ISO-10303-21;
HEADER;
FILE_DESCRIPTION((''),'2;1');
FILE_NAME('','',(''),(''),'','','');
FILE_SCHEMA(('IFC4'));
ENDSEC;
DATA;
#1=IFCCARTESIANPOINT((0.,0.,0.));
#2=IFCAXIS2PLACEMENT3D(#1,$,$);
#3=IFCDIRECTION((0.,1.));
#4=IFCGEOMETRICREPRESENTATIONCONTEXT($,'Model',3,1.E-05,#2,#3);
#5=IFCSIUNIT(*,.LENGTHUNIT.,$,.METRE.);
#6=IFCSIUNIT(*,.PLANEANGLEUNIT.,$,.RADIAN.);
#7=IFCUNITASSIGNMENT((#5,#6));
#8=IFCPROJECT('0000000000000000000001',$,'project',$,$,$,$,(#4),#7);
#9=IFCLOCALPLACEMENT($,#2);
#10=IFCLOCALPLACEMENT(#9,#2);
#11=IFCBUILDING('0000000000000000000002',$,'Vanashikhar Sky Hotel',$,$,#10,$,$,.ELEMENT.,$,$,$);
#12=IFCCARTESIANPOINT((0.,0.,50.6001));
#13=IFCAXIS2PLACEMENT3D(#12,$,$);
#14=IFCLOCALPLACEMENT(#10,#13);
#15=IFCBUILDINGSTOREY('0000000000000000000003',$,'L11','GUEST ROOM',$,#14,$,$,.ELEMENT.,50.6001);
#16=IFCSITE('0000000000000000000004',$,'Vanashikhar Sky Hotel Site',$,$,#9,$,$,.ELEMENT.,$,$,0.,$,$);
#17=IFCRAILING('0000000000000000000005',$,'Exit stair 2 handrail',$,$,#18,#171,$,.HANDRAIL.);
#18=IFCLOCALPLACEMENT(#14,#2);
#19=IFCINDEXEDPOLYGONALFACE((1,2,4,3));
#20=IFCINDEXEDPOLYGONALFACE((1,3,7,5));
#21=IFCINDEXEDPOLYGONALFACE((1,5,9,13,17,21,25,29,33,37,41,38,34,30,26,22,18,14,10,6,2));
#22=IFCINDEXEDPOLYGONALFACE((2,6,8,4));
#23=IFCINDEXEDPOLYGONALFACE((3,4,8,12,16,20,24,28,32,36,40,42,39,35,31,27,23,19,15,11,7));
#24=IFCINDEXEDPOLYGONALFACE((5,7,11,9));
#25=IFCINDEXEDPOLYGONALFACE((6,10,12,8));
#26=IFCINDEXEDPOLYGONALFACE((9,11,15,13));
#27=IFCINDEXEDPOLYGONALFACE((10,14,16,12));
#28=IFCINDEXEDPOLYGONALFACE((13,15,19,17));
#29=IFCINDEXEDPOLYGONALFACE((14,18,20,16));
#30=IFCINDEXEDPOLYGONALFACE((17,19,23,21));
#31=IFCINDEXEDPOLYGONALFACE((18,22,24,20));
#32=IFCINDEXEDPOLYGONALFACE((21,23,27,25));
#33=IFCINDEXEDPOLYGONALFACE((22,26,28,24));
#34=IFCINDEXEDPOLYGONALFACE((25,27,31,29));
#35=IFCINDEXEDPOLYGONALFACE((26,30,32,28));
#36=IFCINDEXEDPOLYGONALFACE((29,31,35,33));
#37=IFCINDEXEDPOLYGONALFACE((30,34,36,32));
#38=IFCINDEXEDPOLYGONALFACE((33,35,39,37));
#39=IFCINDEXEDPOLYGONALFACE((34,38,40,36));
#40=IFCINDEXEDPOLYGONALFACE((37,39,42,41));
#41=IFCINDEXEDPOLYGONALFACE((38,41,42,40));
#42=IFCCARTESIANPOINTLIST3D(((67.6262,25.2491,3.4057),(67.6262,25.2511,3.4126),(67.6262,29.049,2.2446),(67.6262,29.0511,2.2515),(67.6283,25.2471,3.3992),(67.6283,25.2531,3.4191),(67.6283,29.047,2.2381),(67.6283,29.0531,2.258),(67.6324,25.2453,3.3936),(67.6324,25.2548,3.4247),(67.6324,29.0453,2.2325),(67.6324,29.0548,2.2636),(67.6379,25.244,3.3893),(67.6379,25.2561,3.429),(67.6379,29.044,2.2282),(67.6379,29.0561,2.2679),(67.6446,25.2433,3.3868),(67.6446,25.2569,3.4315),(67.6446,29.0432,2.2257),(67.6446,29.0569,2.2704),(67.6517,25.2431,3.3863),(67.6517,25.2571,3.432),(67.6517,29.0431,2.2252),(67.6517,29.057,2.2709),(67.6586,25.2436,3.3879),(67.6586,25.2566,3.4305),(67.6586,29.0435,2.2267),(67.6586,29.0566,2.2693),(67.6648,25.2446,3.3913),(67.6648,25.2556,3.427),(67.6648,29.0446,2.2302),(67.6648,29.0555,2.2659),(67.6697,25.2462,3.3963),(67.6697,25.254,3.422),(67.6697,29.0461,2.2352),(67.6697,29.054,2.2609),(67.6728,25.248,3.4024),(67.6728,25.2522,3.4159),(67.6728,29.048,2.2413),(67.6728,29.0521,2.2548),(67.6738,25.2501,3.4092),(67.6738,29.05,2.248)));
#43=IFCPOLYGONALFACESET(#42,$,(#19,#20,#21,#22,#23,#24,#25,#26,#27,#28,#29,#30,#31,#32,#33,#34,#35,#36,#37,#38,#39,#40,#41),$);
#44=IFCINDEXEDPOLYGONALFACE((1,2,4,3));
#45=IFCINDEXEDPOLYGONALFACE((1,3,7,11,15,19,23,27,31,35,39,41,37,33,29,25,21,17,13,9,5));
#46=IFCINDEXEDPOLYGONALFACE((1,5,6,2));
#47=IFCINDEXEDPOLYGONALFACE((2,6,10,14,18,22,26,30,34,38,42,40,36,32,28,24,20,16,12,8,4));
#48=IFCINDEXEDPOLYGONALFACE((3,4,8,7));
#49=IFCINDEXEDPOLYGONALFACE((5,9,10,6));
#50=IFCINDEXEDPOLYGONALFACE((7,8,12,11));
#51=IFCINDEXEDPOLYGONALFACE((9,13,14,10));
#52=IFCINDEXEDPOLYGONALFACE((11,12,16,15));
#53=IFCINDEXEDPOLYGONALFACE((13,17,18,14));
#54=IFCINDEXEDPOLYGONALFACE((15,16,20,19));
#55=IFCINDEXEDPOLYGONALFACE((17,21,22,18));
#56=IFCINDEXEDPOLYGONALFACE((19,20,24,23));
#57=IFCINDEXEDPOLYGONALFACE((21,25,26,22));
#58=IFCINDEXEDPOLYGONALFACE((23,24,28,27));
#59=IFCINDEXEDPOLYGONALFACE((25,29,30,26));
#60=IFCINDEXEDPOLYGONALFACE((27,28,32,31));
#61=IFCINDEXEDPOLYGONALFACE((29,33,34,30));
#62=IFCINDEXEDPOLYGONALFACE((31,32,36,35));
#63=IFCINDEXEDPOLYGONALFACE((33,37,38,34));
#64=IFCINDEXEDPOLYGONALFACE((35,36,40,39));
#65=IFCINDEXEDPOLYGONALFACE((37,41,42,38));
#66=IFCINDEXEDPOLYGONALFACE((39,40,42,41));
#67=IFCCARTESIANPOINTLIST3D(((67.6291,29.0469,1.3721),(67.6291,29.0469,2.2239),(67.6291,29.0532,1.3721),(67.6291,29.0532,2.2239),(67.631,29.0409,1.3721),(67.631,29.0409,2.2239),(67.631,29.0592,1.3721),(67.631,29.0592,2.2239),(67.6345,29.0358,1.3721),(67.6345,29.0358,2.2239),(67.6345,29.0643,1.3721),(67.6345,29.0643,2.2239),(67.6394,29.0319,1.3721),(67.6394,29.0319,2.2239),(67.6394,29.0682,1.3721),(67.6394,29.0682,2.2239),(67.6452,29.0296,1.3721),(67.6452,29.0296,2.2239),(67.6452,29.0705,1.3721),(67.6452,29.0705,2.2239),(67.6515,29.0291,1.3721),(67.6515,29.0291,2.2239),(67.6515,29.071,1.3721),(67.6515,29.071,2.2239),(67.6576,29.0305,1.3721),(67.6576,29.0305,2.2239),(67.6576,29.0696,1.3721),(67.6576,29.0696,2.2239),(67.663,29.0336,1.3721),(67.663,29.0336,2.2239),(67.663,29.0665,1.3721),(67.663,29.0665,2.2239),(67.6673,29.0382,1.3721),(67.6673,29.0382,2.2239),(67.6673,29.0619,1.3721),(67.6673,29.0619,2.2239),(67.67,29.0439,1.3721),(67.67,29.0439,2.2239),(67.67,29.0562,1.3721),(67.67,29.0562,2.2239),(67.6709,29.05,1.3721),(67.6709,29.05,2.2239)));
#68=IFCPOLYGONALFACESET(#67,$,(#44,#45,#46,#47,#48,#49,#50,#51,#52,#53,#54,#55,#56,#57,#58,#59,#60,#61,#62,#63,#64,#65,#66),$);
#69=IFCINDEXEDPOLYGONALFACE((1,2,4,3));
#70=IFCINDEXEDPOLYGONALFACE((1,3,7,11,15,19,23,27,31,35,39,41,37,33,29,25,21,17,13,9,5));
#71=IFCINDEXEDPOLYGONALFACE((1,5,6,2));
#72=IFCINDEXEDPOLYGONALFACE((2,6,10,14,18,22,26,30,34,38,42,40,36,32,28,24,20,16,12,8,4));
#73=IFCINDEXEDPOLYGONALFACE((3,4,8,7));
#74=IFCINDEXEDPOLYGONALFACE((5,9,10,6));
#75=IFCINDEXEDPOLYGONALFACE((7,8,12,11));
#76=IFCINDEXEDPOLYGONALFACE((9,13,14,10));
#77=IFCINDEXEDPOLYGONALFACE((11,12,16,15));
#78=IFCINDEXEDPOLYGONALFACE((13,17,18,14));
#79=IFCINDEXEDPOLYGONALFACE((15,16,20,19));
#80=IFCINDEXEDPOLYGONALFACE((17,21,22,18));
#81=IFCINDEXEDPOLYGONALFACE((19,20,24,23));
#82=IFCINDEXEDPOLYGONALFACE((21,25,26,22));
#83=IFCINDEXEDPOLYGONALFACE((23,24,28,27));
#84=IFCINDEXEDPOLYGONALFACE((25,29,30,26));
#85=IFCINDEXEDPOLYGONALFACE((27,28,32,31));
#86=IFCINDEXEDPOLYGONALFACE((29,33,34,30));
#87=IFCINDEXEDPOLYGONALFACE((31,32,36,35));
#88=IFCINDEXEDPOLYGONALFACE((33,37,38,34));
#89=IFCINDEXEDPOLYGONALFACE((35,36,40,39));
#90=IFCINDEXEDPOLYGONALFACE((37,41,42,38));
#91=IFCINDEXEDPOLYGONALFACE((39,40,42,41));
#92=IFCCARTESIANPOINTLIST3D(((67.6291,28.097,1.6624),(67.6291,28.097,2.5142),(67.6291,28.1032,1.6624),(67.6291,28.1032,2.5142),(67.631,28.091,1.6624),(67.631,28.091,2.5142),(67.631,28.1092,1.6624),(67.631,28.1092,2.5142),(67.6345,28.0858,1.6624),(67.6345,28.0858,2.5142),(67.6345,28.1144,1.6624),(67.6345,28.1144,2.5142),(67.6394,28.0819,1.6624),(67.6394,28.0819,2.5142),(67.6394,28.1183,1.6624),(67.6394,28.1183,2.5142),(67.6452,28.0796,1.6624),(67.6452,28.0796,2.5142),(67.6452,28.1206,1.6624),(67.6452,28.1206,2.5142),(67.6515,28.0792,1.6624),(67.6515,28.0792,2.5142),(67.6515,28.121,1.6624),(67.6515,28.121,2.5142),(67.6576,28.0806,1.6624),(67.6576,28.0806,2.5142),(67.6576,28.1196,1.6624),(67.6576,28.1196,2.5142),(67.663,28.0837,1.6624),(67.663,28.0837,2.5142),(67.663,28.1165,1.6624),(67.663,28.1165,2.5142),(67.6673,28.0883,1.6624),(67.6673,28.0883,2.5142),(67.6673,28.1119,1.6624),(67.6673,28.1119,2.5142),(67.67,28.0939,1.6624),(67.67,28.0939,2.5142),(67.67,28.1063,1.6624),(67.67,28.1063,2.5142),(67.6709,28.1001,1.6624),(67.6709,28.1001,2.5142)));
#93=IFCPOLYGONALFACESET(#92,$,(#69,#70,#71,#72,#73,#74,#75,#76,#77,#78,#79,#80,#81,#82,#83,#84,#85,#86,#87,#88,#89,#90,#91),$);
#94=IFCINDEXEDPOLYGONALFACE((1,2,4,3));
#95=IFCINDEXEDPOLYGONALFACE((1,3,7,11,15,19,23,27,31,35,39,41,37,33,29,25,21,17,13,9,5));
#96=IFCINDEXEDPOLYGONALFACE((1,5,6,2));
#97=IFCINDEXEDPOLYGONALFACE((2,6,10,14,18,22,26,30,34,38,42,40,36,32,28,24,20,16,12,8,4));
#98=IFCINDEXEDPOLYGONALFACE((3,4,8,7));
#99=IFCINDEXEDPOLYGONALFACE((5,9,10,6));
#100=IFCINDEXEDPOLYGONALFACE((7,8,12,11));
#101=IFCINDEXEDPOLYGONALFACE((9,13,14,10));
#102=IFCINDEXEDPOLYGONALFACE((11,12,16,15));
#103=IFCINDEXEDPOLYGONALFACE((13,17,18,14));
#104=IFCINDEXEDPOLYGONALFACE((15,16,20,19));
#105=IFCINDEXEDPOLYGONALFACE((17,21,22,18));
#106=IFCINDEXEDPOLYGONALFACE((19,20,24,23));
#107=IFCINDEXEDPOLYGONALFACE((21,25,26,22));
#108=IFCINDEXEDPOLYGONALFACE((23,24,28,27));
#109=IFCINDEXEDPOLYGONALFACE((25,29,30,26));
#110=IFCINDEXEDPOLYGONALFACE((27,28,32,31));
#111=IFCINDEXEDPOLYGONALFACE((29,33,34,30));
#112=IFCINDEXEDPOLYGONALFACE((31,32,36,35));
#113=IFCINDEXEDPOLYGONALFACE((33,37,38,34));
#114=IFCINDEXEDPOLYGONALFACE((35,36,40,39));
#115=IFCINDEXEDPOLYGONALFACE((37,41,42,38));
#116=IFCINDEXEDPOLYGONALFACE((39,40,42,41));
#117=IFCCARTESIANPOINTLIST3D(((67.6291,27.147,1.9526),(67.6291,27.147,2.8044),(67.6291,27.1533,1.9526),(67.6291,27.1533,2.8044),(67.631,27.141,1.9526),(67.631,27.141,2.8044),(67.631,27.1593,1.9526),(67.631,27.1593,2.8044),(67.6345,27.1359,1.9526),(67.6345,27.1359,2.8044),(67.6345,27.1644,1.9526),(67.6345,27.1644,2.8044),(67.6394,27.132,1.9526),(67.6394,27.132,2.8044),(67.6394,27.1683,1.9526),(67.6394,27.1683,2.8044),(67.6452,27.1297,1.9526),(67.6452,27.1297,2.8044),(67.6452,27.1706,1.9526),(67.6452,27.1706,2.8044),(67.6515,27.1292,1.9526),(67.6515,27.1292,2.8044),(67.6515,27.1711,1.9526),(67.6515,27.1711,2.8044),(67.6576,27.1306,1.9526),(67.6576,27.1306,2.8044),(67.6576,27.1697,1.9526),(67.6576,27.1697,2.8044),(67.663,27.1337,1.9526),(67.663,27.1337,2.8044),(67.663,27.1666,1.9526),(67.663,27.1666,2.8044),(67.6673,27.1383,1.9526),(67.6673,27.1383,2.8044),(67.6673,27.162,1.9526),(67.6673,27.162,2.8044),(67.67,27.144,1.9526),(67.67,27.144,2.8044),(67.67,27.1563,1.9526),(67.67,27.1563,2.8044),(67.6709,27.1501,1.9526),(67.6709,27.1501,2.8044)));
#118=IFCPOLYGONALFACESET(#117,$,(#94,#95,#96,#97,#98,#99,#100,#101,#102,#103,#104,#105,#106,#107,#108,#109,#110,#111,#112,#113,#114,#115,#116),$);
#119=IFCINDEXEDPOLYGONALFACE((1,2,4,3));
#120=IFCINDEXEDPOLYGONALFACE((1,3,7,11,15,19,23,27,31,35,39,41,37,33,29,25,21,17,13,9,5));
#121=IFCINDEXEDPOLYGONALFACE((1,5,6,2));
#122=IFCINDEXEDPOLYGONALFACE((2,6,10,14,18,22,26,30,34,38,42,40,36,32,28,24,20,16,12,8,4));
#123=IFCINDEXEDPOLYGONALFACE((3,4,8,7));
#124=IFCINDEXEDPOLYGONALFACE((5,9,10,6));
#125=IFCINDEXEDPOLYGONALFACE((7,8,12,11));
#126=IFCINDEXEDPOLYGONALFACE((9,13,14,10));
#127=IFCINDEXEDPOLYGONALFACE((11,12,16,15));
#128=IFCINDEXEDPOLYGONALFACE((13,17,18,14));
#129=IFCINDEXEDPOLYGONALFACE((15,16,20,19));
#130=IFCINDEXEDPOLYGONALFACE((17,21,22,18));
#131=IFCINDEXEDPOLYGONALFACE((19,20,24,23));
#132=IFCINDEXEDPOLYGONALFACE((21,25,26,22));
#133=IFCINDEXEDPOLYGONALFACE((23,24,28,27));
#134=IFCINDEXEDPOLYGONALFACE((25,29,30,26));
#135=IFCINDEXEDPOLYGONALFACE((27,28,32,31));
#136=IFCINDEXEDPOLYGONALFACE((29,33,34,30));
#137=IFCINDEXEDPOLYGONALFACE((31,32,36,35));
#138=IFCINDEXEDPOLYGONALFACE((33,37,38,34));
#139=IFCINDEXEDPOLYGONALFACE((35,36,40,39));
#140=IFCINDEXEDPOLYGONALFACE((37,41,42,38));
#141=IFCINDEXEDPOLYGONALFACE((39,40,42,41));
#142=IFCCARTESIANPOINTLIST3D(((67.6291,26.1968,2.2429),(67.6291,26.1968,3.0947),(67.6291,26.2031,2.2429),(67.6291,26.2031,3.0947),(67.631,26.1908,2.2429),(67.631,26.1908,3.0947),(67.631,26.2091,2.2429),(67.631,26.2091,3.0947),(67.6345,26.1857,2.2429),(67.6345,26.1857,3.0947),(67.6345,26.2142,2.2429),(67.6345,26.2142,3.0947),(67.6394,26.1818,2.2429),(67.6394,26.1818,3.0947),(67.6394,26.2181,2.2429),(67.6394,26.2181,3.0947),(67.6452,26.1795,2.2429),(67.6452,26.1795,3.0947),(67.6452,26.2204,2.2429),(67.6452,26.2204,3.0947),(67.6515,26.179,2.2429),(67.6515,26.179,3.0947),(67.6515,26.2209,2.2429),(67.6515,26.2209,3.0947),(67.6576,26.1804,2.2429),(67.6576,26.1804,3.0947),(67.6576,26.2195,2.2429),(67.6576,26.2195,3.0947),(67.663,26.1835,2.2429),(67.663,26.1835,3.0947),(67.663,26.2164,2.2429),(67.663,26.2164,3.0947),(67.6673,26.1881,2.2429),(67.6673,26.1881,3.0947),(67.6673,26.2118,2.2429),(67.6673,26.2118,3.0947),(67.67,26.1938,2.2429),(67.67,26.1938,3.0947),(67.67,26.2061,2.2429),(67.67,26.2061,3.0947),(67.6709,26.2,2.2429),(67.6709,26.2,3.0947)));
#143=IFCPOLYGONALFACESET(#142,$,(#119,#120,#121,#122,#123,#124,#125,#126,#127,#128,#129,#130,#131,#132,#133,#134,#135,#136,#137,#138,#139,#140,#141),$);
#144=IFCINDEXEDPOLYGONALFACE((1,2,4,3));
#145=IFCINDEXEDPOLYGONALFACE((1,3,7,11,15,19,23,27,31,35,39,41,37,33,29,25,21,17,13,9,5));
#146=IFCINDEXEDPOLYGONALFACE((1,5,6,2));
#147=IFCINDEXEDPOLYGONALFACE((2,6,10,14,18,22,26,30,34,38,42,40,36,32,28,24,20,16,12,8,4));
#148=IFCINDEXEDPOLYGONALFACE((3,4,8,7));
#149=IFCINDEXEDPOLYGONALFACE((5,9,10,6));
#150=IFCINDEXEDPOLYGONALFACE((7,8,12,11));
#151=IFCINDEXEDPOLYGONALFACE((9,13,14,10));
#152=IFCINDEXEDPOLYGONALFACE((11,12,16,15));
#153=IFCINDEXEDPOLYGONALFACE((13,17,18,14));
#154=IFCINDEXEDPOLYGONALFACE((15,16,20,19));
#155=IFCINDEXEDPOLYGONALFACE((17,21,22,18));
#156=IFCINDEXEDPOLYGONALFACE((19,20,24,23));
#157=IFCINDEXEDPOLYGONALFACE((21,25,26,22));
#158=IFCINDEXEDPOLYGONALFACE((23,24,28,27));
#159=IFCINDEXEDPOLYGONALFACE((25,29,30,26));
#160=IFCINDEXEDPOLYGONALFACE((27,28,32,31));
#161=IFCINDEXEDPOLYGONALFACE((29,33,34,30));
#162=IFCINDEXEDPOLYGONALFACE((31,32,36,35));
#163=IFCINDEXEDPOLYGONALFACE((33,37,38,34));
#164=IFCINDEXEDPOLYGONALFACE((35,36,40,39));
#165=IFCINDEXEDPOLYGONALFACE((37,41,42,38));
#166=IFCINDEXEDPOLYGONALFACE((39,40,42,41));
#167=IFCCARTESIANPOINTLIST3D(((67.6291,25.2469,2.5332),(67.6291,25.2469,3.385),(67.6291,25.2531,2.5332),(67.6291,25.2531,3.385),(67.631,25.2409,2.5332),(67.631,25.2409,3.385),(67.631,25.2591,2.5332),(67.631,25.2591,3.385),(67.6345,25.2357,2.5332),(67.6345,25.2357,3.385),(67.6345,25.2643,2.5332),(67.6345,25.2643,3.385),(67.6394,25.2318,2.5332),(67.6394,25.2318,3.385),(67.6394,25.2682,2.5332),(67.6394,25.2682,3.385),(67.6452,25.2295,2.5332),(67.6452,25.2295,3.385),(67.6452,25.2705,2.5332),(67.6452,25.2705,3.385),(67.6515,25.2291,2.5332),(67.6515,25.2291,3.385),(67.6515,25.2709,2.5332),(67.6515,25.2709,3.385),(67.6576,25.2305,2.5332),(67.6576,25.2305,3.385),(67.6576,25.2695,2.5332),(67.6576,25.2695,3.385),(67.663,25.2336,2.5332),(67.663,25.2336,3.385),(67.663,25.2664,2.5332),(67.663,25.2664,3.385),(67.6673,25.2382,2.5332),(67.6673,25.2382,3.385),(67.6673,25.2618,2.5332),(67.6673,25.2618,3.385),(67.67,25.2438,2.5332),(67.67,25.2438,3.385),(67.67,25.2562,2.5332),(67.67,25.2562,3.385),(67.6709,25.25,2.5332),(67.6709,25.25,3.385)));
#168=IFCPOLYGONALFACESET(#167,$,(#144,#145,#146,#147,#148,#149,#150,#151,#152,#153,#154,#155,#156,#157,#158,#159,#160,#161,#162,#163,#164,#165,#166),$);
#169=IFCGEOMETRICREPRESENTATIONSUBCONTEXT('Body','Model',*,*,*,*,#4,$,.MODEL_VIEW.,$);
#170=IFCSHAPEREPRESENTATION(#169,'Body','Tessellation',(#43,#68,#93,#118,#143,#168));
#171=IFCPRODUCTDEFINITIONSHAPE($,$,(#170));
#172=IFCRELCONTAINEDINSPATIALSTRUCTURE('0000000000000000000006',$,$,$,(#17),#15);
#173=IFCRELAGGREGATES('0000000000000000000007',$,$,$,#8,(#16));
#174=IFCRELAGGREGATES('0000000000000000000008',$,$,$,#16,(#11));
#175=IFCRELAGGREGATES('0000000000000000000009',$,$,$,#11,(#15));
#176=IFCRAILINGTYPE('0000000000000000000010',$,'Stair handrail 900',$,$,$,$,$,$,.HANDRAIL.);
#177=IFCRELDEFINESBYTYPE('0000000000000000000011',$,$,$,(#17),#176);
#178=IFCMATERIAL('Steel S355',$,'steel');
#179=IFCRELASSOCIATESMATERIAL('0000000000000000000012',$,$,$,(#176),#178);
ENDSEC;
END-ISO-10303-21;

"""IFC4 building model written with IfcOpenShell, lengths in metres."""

from ifc_helpers import new_model, si_unit, direction, frame, origin, origin_2d, place, context, subcontext, project, spatial, circle, extrude, source, transform, mapped, material, type_object, element, save


model = new_model("IFC4")

# Units and contexts
model_context = context("Model", 3, precision=1e-05, world=origin(), true_north=direction((0.0, 1.0)))
body_context = subcontext(model_context, "Body", "Model", "MODEL_VIEW")
ifc_project = project(units=[si_unit("LENGTHUNIT", "METRE"), si_unit("PLANEANGLEUNIT", "RADIAN")], contexts=[model_context])

# Site, building, storey
site_placement = place(None, origin())
site = spatial("IfcSite", under=ifc_project, at=site_placement, Name="Vanashikhar Sky Hotel Site", CompositionType="ELEMENT", RefElevation=0.0)
building_placement = place(site_placement, origin())
building = spatial("IfcBuilding", under=site, at=building_placement, Name="Vanashikhar Sky Hotel", CompositionType="ELEMENT")
storey_placement = place(building_placement, frame((0.0, 0.0, 50.6001)))
storey = spatial("IfcBuildingStorey", under=building, at=storey_placement, Name="L11", Description="GUEST ROOM", CompositionType="ELEMENT", Elevation=50.6001)

# Railing
ifc_material_1 = material(Name="Steel S355", Category="steel")
railing_type_1 = type_object("IfcRailingType", Name="Stair handrail 900", PredefinedType="HANDRAIL", material=ifc_material_1)
shared_shape_1 = source(origin(), body_context, "Body", "SweptSolid", [
    extrude(circle(Radius=0.0239, at=origin_2d()), frame((0.0, 0.0, 0.876), z_axis=(0.0, -0.956351, 0.29222), x_axis=(1.0, 0.0, 0.0)), (0.0, 0.0, 1.0), 3.9734),
    extrude(circle(Radius=0.021, at=origin_2d()), origin(), (0.0, 0.0, 1.0), 0.8518),
    extrude(circle(Radius=0.021, at=origin_2d()), frame((0.0, -0.95, 0.2903)), (0.0, 0.0, 1.0), 0.8518),
    extrude(circle(Radius=0.021, at=origin_2d()), frame((0.0, -1.8999, 0.5806)), (0.0, 0.0, 1.0), 0.8518),
    extrude(circle(Radius=0.021, at=origin_2d()), frame((0.0, -2.8501, 0.8708)), (0.0, 0.0, 1.0), 0.8518),
    extrude(circle(Radius=0.021, at=origin_2d()), frame((0.0, -3.8, 1.1611)), (0.0, 0.0, 1.0), 0.8518),
])
for number, where, name in (
    (1, (67.6499, 29.05, 1.3721), "Exit stair 2 handrail"),
):
    element("IfcRailing", number, at=place(storey_placement, frame(where)), inside=storey, type_object=railing_type_1, Name=name, PredefinedType="HANDRAIL", context=body_context, shape_type="MappedRepresentation", body=[
        mapped(shared_shape_1, transform((0.0, 0.0, 0.0), scale=1.0)),
    ])

save(model, "model.ifc")
